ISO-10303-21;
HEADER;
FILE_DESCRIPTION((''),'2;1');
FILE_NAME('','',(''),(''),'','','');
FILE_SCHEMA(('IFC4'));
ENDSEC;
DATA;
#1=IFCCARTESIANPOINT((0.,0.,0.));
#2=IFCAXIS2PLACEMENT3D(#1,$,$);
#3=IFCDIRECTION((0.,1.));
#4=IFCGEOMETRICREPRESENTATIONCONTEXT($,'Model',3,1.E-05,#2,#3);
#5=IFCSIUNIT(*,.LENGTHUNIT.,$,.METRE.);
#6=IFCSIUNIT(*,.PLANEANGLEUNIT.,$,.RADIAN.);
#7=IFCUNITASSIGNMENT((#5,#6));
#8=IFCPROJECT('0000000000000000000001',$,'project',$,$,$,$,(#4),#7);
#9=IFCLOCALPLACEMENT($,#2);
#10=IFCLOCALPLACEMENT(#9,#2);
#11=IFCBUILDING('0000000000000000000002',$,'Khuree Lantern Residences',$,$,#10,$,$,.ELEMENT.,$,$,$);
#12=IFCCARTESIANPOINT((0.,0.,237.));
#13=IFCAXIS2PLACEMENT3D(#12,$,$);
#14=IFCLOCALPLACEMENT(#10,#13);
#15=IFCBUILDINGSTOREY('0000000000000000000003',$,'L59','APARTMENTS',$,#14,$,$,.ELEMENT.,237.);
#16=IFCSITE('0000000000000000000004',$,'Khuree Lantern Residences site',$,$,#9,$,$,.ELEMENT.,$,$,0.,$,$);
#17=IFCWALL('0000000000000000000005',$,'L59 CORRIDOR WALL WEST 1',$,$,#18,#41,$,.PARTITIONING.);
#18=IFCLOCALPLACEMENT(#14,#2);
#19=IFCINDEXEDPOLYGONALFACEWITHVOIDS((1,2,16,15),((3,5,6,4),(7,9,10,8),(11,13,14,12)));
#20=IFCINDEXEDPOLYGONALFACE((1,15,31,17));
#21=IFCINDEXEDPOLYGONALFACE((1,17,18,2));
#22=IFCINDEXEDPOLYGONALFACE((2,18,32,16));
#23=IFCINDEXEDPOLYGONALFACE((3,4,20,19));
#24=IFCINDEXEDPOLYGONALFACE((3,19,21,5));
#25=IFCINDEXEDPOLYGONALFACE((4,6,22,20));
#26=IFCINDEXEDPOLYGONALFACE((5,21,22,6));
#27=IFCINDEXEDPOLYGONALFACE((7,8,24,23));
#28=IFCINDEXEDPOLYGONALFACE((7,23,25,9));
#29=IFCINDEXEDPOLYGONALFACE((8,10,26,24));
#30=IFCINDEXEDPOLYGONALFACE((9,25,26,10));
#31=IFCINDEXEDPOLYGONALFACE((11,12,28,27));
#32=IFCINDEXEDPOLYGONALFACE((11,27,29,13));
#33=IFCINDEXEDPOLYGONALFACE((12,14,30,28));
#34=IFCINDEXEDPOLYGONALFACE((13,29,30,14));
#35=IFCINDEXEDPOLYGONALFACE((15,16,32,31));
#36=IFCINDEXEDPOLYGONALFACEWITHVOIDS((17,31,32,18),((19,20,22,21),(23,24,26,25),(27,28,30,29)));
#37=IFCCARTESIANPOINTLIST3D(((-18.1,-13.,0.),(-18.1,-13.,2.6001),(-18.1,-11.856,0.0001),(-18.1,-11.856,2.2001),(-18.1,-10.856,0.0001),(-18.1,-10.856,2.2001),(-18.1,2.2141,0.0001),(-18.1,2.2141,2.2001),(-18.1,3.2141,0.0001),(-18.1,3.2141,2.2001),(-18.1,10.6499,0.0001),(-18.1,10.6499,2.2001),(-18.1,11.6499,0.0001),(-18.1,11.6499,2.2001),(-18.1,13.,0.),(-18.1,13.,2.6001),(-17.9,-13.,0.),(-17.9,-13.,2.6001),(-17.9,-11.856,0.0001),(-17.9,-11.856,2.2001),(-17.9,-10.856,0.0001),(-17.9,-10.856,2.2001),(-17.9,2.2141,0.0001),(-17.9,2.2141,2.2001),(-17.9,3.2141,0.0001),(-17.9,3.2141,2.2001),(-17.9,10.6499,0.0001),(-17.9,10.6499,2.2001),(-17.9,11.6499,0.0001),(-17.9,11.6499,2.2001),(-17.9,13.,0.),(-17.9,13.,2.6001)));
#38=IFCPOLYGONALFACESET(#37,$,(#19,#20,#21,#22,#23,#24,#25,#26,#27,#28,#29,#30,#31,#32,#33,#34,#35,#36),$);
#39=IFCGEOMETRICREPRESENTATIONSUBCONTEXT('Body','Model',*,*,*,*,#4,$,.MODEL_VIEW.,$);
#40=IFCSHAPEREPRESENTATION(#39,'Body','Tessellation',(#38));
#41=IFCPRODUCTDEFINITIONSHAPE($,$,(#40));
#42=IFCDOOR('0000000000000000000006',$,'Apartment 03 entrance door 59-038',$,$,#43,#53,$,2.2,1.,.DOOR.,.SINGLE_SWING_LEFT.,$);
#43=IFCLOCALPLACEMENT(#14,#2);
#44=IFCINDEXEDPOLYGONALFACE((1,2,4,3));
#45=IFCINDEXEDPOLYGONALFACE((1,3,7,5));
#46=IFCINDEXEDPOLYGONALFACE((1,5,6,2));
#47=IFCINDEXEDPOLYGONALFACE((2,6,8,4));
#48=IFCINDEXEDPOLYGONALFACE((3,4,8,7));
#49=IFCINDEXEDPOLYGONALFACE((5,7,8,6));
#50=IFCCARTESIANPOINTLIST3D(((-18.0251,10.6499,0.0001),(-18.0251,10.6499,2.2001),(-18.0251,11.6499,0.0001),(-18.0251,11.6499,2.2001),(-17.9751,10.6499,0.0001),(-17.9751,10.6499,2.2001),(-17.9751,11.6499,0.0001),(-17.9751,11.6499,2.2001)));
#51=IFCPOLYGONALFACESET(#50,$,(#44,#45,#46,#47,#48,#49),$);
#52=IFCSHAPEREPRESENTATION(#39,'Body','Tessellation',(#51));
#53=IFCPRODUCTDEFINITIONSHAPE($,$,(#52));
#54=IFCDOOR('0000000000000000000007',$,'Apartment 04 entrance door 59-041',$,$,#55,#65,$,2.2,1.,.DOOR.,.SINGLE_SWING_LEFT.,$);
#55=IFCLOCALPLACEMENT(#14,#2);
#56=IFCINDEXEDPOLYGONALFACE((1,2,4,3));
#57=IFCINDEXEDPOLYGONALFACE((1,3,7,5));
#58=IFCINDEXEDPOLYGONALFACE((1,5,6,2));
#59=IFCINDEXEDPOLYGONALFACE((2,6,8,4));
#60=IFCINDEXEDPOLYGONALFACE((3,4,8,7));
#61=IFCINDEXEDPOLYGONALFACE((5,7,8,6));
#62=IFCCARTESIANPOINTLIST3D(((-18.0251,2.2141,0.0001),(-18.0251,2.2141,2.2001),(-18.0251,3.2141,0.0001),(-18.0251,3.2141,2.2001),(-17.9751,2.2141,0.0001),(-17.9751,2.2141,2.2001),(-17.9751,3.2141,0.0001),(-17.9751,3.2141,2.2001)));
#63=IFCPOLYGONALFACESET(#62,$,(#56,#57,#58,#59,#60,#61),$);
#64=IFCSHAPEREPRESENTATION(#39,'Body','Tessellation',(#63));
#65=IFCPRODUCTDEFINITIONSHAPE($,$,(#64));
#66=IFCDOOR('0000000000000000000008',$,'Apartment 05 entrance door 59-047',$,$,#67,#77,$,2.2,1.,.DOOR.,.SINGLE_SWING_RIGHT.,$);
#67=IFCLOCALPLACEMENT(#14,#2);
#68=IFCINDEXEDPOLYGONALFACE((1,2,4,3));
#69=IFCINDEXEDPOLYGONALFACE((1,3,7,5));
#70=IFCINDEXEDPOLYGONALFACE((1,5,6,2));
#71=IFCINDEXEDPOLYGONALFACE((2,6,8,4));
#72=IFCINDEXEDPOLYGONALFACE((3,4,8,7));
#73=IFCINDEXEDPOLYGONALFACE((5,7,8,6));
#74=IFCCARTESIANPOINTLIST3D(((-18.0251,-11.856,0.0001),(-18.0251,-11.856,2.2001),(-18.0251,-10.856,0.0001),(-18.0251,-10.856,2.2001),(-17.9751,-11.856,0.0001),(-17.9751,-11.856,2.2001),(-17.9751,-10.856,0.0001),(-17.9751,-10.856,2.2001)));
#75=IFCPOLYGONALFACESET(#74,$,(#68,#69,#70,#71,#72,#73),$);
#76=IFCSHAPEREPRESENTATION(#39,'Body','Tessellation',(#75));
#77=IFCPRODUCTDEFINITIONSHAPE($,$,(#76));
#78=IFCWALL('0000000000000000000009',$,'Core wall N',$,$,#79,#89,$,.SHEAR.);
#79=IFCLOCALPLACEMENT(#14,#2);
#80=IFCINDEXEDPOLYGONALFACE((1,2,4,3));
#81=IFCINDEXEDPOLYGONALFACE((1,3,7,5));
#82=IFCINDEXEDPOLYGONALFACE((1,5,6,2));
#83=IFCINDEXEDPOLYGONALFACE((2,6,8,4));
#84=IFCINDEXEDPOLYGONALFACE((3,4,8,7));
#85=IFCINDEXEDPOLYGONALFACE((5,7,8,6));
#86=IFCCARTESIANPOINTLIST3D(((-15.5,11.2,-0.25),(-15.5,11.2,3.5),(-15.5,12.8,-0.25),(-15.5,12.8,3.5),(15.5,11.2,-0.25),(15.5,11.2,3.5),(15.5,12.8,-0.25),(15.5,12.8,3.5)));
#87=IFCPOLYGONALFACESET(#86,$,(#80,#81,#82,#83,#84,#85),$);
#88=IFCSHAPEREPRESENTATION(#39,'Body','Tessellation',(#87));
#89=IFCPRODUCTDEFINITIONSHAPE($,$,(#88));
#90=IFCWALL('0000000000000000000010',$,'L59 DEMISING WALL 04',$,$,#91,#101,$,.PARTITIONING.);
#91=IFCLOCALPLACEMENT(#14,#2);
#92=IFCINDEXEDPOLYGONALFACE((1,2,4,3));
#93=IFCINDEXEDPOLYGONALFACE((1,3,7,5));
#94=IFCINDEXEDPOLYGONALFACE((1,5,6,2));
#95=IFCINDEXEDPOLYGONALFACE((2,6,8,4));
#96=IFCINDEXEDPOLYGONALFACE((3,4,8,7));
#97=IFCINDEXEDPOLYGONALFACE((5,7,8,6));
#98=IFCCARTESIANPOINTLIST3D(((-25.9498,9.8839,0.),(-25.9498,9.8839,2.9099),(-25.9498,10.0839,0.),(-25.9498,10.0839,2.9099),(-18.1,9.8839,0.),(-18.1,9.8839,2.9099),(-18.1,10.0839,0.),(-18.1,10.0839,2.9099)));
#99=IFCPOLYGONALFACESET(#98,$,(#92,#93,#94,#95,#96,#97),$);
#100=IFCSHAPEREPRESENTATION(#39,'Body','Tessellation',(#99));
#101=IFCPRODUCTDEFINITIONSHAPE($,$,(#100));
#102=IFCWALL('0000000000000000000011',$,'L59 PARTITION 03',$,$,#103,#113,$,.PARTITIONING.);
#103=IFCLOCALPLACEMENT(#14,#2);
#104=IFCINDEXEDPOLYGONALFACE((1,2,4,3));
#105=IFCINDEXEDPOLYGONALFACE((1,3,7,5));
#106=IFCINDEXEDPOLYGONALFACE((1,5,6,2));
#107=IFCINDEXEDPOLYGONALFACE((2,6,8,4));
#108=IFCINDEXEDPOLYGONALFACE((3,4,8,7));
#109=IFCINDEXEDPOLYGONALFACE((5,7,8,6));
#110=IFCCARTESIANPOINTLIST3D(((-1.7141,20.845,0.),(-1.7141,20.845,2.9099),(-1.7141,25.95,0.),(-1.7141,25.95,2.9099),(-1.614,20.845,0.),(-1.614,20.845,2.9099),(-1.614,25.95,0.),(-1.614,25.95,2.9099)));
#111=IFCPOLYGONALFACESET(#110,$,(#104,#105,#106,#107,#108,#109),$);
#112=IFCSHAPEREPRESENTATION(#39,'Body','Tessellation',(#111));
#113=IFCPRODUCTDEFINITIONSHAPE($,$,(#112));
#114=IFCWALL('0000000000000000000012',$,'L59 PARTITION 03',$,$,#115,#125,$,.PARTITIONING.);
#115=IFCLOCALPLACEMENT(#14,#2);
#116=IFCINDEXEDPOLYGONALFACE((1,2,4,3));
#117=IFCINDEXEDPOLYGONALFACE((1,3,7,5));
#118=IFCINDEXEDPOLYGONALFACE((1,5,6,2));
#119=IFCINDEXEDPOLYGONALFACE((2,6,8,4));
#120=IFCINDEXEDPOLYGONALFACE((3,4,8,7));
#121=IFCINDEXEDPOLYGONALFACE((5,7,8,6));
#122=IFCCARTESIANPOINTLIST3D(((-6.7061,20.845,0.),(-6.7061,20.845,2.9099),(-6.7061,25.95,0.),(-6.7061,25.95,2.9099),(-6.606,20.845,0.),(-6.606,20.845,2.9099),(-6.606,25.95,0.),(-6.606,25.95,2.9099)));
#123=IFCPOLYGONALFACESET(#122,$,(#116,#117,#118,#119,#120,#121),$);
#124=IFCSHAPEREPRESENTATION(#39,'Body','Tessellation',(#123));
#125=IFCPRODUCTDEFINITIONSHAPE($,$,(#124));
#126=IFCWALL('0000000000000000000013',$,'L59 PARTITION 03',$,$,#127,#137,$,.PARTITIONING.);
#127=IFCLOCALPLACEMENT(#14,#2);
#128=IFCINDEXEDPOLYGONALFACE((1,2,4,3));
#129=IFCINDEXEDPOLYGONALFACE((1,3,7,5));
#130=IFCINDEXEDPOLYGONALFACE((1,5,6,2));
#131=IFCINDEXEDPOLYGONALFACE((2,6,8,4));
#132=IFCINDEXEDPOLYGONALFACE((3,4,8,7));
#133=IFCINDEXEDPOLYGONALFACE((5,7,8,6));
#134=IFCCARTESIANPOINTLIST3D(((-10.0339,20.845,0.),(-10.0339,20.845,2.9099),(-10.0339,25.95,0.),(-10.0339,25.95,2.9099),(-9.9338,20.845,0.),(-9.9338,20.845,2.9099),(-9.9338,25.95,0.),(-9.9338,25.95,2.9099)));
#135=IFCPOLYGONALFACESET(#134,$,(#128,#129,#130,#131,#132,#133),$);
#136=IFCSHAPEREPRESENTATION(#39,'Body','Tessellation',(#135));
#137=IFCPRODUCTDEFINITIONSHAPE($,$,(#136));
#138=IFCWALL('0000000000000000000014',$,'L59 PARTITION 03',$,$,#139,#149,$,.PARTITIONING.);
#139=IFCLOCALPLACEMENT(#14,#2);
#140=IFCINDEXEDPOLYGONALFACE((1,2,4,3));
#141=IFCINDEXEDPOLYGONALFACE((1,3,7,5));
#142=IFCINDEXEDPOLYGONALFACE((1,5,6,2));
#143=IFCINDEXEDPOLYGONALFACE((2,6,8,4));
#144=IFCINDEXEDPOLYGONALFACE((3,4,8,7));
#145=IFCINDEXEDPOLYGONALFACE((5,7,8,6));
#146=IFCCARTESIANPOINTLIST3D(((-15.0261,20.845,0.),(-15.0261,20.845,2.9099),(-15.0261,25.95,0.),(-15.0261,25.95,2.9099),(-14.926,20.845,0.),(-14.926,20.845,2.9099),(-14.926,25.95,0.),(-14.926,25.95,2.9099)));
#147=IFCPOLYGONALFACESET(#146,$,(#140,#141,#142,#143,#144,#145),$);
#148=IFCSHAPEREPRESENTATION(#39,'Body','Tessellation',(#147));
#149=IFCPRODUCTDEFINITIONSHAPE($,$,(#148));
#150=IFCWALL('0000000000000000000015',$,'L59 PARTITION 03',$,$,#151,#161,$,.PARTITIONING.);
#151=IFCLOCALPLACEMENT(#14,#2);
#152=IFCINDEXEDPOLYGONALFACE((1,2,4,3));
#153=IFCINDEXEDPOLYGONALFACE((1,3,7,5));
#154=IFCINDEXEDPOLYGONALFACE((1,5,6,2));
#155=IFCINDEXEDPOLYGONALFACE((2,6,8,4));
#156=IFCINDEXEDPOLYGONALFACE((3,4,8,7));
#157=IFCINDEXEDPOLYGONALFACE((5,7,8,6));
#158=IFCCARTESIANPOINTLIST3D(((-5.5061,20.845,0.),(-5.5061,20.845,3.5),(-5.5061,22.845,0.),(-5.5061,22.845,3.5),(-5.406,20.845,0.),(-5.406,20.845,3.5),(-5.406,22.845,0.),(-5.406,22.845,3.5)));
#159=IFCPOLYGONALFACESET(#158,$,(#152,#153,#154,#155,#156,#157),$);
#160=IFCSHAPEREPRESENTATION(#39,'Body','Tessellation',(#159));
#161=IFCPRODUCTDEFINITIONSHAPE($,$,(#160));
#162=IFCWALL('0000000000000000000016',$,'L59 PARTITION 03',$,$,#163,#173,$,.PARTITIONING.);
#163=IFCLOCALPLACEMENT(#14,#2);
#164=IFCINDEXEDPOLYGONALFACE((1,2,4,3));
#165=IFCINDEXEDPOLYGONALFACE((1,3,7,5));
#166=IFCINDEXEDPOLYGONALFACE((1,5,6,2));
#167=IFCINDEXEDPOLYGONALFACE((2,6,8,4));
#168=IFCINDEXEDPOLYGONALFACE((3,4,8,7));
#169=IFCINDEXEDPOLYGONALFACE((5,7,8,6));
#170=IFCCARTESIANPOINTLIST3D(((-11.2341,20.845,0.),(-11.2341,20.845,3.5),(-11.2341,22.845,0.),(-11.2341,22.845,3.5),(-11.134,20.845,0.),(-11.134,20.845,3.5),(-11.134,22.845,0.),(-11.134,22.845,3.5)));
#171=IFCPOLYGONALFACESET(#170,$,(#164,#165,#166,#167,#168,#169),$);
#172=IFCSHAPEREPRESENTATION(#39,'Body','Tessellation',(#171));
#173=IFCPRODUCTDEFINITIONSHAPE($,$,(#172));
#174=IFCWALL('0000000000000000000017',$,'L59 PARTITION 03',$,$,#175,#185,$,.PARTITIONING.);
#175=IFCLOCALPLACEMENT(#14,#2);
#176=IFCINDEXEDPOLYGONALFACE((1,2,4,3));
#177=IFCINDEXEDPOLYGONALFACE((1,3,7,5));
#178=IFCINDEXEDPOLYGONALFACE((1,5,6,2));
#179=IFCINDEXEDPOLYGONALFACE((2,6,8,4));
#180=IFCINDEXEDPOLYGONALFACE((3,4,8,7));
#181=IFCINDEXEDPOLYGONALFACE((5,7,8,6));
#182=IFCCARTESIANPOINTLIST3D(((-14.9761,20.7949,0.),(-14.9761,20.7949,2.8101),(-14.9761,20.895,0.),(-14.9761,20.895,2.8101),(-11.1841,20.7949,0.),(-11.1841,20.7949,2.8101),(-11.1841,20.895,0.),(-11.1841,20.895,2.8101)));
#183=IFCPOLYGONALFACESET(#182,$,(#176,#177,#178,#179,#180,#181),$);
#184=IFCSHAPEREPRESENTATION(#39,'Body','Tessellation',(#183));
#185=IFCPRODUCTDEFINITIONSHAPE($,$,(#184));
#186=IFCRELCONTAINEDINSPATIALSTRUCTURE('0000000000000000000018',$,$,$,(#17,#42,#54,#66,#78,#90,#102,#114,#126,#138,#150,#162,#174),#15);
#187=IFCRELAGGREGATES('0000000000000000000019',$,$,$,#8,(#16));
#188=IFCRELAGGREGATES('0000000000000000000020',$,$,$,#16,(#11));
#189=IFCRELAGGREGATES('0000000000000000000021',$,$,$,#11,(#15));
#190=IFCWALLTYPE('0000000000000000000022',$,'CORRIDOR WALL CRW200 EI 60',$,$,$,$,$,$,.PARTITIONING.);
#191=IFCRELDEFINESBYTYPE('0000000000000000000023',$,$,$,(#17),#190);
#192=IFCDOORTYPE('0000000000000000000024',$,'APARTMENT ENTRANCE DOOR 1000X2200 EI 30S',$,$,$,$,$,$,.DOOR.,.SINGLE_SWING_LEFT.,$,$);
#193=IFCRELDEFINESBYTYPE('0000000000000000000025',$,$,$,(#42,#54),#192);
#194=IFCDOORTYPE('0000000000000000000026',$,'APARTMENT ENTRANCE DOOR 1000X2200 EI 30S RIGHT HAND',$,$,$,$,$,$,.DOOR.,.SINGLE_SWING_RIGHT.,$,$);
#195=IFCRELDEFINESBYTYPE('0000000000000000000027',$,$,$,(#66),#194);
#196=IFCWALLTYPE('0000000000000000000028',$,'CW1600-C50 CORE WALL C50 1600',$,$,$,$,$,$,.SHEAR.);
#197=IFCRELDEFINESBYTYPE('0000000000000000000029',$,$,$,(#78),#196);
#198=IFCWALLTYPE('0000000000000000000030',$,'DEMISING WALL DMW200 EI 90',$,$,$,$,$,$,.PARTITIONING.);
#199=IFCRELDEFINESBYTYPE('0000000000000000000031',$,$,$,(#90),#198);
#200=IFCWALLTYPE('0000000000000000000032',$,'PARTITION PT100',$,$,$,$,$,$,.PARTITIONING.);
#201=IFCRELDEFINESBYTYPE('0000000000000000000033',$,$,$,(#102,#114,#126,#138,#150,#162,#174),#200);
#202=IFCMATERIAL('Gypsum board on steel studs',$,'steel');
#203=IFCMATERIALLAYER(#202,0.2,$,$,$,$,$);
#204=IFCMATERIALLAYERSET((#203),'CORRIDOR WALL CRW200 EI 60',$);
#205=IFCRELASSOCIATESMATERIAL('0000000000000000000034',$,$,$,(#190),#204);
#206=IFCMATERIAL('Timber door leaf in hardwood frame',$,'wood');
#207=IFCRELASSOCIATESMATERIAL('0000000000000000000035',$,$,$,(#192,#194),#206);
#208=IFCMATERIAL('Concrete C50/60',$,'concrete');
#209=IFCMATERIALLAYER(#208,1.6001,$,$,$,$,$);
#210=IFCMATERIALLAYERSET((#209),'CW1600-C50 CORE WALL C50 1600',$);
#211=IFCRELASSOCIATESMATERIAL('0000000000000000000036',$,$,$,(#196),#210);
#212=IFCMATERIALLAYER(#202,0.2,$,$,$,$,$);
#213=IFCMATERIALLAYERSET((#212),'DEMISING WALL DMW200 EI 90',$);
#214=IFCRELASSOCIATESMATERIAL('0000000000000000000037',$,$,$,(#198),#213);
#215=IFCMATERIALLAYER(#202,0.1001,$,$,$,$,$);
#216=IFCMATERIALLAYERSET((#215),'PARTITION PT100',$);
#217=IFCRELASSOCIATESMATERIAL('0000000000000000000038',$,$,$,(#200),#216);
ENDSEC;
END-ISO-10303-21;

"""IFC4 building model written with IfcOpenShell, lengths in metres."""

from ifc_helpers import new_model, si_unit, direction, frame, frame_2d, origin, place, context, subcontext, project, spatial, rectangle, extrude, material, layer, layer_set, type_object, element, fill, save


model = new_model("IFC4")

# Units and contexts
model_context = context("Model", 3, precision=1e-05, world=origin(), true_north=direction((0.0, 1.0)))
body_context = subcontext(model_context, "Body", "Model", "MODEL_VIEW")
ifc_project = project(units=[si_unit("LENGTHUNIT", "METRE"), si_unit("PLANEANGLEUNIT", "RADIAN")], contexts=[model_context])

# Site, building, storey
site_placement = place(None, origin())
site = spatial("IfcSite", under=ifc_project, at=site_placement, Name="Khuree Lantern Residences site", CompositionType="ELEMENT", RefElevation=0.0)
building_placement = place(site_placement, origin())
building = spatial("IfcBuilding", under=site, at=building_placement, Name="Khuree Lantern Residences", CompositionType="ELEMENT")
storey_placement = place(building_placement, frame((0.0, 0.0, 237.0)))
storey = spatial("IfcBuildingStorey", under=building, at=storey_placement, Name="L59", Description="APARTMENTS", CompositionType="ELEMENT", Elevation=237.0)

# Shared definitions
ifc_material_1 = material(Name="Concrete C50/60", Category="concrete")

# Shared definitions
ifc_material_2 = material(Name="Timber door leaf in hardwood frame", Category="wood")

# Shared definitions
ifc_material_3 = material(Name="Gypsum board on steel studs", Category="steel")
ifc_layer_1 = layer(ifc_material_3, 0.2)
ifc_layer_set_1 = layer_set([ifc_layer_1], Name="CORRIDOR WALL CRW200 EI 60")
wall_type_1 = type_object("IfcWallType", Name="CORRIDOR WALL CRW200 EI 60", PredefinedType="PARTITIONING", material=ifc_layer_set_1)

# Wall, openings, doors
wall_1_placement = place(storey_placement, frame((-18.0, 13.0, 0.0), z_axis=(0.0, 0.0, 1.0), x_axis=(0.0, -1.0, 0.0)))
wall_1 = element("IfcWall", 1, at=wall_1_placement, inside=storey, type_object=wall_type_1, Name="L59 CORRIDOR WALL WEST 1", PredefinedType="PARTITIONING", context=body_context, shape_type="SweptSolid", body=[
    extrude(rectangle(XDim=26.0, YDim=0.2, at=frame_2d((13.0, 0.0))), origin(), (0.0, 0.0, 1.0), 2.6001),
])
opening_1_placement = place(wall_1_placement, frame((1.3501, 0.0, 0.0)))
opening_1 = element("IfcOpeningElement", 2, at=opening_1_placement, cuts=wall_1, PredefinedType="OPENING", context=body_context, shape_type="SweptSolid", body=[
    extrude(rectangle(XDim=1.0, YDim=2.2, at=frame_2d((0.5, 1.1001))), frame((0.0, 0.1099, 0.0), z_axis=(0.0, -1.0, 0.0), x_axis=(1.0, 0.0, 0.0)), (0.0, 0.0, 1.0), 0.22),
])
opening_2_placement = place(wall_1_placement, frame((9.7859, 0.0, 0.0)))
opening_2 = element("IfcOpeningElement", 3, at=opening_2_placement, cuts=wall_1, PredefinedType="OPENING", context=body_context, shape_type="SweptSolid", body=[
    extrude(rectangle(XDim=1.0, YDim=2.2, at=frame_2d((0.5, 1.1001))), frame((0.0, 0.1099, 0.0), z_axis=(0.0, -1.0, 0.0), x_axis=(1.0, 0.0, 0.0)), (0.0, 0.0, 1.0), 0.22),
])
opening_3_placement = place(wall_1_placement, frame((23.856, 0.0, 0.0)))
opening_3 = element("IfcOpeningElement", 4, at=opening_3_placement, cuts=wall_1, PredefinedType="OPENING", context=body_context, shape_type="SweptSolid", body=[
    extrude(rectangle(XDim=1.0, YDim=2.2, at=frame_2d((0.5, 1.1001))), frame((0.0, 0.1099, 0.0), z_axis=(0.0, -1.0, 0.0), x_axis=(1.0, 0.0, 0.0)), (0.0, 0.0, 1.0), 0.22),
])
door_type_1 = type_object("IfcDoorType", Name="APARTMENT ENTRANCE DOOR 1000X2200 EI 30S", OperationType="SINGLE_SWING_LEFT", PredefinedType="DOOR", material=ifc_material_2)
door_1_placement = place(opening_1_placement, origin())
door_1 = element("IfcDoor", 5, at=door_1_placement, inside=storey, type_object=door_type_1, Name="Apartment 03 entrance door 59-038", OperationType="SINGLE_SWING_LEFT", OverallHeight=2.2, OverallWidth=1.0, PredefinedType="DOOR", context=body_context, shape_type="SweptSolid", body=[
    extrude(rectangle(XDim=1.0, YDim=2.2, at=frame_2d((0.5, 1.1001))), frame((0.0, 0.0249, 0.0), z_axis=(0.0, -1.0, 0.0), x_axis=(1.0, 0.0, 0.0)), (0.0, 0.0, 1.0), 0.05),
])
fill(opening_1, door_1)
door_2_placement = place(opening_2_placement, origin())
door_2 = element("IfcDoor", 6, at=door_2_placement, inside=storey, type_object=door_type_1, Name="Apartment 04 entrance door 59-041", OperationType="SINGLE_SWING_LEFT", OverallHeight=2.2, OverallWidth=1.0, PredefinedType="DOOR", context=body_context, shape_type="SweptSolid", body=[
    extrude(rectangle(XDim=1.0, YDim=2.2, at=frame_2d((0.5, 1.1001))), frame((0.0, 0.0249, 0.0), z_axis=(0.0, -1.0, 0.0), x_axis=(1.0, 0.0, 0.0)), (0.0, 0.0, 1.0), 0.05),
])
fill(opening_2, door_2)
door_type_2 = type_object("IfcDoorType", Name="APARTMENT ENTRANCE DOOR 1000X2200 EI 30S RIGHT HAND", OperationType="SINGLE_SWING_RIGHT", PredefinedType="DOOR", material=ifc_material_2)
door_3_placement = place(opening_3_placement, origin())
door_3 = element("IfcDoor", 7, at=door_3_placement, inside=storey, type_object=door_type_2, Name="Apartment 05 entrance door 59-047", OperationType="SINGLE_SWING_RIGHT", OverallHeight=2.2, OverallWidth=1.0, PredefinedType="DOOR", context=body_context, shape_type="SweptSolid", body=[
    extrude(rectangle(XDim=1.0, YDim=2.2, at=frame_2d((0.5, 1.1001))), frame((0.0, 0.0249, 0.0), z_axis=(0.0, -1.0, 0.0), x_axis=(1.0, 0.0, 0.0)), (0.0, 0.0, 1.0), 0.05),
])
fill(opening_3, door_3)

# Walls
ifc_layer_2 = layer(ifc_material_1, 1.6001)
ifc_layer_set_2 = layer_set([ifc_layer_2], Name="CW1600-C50 CORE WALL C50 1600")
wall_type_2 = type_object("IfcWallType", Name="CW1600-C50 CORE WALL C50 1600", PredefinedType="SHEAR", material=ifc_layer_set_2)
wall_2_placement = place(storey_placement, frame((-15.5, 12.0, -0.25), z_axis=(0.0, 0.0, 1.0), x_axis=(1.0, 0.0, 0.0)))
element("IfcWall", 8, at=wall_2_placement, inside=storey, type_object=wall_type_2, Name="Core wall N", PredefinedType="SHEAR", context=body_context, shape_type="SweptSolid", body=[
    extrude(rectangle(XDim=31.0, YDim=1.6001, at=frame_2d((15.5, 0.0))), origin(), (0.0, 0.0, 1.0), 3.75),
])
ifc_layer_3 = layer(ifc_material_3, 0.2)
ifc_layer_set_3 = layer_set([ifc_layer_3], Name="DEMISING WALL DMW200 EI 90")
wall_type_3 = type_object("IfcWallType", Name="DEMISING WALL DMW200 EI 90", PredefinedType="PARTITIONING", material=ifc_layer_set_3)
wall_3_placement = place(storey_placement, frame((-18.1001, 9.9839, 0.0), z_axis=(0.0, 0.0, 1.0), x_axis=(-1.0, 0.0, 0.0)))
element("IfcWall", 9, at=wall_3_placement, inside=storey, type_object=wall_type_3, Name="L59 DEMISING WALL 04", PredefinedType="PARTITIONING", context=body_context, shape_type="SweptSolid", body=[
    extrude(rectangle(XDim=7.8499, YDim=0.2, at=frame_2d((3.9248, 0.0))), origin(), (0.0, 0.0, 1.0), 2.9099),
])
ifc_layer_4 = layer(ifc_material_3, 0.1001)
ifc_layer_set_4 = layer_set([ifc_layer_4], Name="PARTITION PT100")
wall_type_4 = type_object("IfcWallType", Name="PARTITION PT100", PredefinedType="PARTITIONING", material=ifc_layer_set_4)
for number, where, z_axis, x_axis, name in (
    (10, (-1.6641, 20.845, 0.0), (0.0, 0.0, 1.0), (0.0, 1.0, 0.0), "L59 PARTITION 03"),
    (11, (-6.656, 20.845, 0.0), (0.0, 0.0, 1.0), (0.0, 1.0, 0.0), "L59 PARTITION 03"),
    (12, (-9.9839, 20.845, 0.0), (0.0, 0.0, 1.0), (0.0, 1.0, 0.0), "L59 PARTITION 03"),
    (13, (-14.9761, 20.845, 0.0), (0.0, 0.0, 1.0), (0.0, 1.0, 0.0), "L59 PARTITION 03"),
):
    element("IfcWall", number, at=place(storey_placement, frame(where, z_axis=z_axis, x_axis=x_axis)), inside=storey, type_object=wall_type_4, Name=name, PredefinedType="PARTITIONING", context=body_context, shape_type="SweptSolid", body=[
        extrude(rectangle(XDim=5.105, YDim=0.1001, at=frame_2d((2.5525, 0.0))), origin(), (0.0, 0.0, 1.0), 2.9099),
    ])
for number, where, z_axis, x_axis, name in (
    (14, (-5.4561, 20.845, 0.0), (0.0, 0.0, 1.0), (0.0, 1.0, 0.0), "L59 PARTITION 03"),
    (15, (-11.1841, 20.845, 0.0), (0.0, 0.0, 1.0), (0.0, 1.0, 0.0), "L59 PARTITION 03"),
):
    element("IfcWall", number, at=place(storey_placement, frame(where, z_axis=z_axis, x_axis=x_axis)), inside=storey, type_object=wall_type_4, Name=name, PredefinedType="PARTITIONING", context=body_context, shape_type="SweptSolid", body=[
        extrude(rectangle(XDim=2.0, YDim=0.1001, at=frame_2d((1.0, 0.0))), origin(), (0.0, 0.0, 1.0), 3.5),
    ])
wall_4_placement = place(storey_placement, frame((-11.1841, 20.845, 0.0), z_axis=(0.0, 0.0, 1.0), x_axis=(-1.0, 0.0, 0.0)))
element("IfcWall", 16, at=wall_4_placement, inside=storey, type_object=wall_type_4, Name="L59 PARTITION 03", PredefinedType="PARTITIONING", context=body_context, shape_type="SweptSolid", body=[
    extrude(rectangle(XDim=3.792, YDim=0.1001, at=frame_2d((1.896, 0.0))), origin(), (0.0, 0.0, 1.0), 2.8101),
])

save(model, "model.ifc")
